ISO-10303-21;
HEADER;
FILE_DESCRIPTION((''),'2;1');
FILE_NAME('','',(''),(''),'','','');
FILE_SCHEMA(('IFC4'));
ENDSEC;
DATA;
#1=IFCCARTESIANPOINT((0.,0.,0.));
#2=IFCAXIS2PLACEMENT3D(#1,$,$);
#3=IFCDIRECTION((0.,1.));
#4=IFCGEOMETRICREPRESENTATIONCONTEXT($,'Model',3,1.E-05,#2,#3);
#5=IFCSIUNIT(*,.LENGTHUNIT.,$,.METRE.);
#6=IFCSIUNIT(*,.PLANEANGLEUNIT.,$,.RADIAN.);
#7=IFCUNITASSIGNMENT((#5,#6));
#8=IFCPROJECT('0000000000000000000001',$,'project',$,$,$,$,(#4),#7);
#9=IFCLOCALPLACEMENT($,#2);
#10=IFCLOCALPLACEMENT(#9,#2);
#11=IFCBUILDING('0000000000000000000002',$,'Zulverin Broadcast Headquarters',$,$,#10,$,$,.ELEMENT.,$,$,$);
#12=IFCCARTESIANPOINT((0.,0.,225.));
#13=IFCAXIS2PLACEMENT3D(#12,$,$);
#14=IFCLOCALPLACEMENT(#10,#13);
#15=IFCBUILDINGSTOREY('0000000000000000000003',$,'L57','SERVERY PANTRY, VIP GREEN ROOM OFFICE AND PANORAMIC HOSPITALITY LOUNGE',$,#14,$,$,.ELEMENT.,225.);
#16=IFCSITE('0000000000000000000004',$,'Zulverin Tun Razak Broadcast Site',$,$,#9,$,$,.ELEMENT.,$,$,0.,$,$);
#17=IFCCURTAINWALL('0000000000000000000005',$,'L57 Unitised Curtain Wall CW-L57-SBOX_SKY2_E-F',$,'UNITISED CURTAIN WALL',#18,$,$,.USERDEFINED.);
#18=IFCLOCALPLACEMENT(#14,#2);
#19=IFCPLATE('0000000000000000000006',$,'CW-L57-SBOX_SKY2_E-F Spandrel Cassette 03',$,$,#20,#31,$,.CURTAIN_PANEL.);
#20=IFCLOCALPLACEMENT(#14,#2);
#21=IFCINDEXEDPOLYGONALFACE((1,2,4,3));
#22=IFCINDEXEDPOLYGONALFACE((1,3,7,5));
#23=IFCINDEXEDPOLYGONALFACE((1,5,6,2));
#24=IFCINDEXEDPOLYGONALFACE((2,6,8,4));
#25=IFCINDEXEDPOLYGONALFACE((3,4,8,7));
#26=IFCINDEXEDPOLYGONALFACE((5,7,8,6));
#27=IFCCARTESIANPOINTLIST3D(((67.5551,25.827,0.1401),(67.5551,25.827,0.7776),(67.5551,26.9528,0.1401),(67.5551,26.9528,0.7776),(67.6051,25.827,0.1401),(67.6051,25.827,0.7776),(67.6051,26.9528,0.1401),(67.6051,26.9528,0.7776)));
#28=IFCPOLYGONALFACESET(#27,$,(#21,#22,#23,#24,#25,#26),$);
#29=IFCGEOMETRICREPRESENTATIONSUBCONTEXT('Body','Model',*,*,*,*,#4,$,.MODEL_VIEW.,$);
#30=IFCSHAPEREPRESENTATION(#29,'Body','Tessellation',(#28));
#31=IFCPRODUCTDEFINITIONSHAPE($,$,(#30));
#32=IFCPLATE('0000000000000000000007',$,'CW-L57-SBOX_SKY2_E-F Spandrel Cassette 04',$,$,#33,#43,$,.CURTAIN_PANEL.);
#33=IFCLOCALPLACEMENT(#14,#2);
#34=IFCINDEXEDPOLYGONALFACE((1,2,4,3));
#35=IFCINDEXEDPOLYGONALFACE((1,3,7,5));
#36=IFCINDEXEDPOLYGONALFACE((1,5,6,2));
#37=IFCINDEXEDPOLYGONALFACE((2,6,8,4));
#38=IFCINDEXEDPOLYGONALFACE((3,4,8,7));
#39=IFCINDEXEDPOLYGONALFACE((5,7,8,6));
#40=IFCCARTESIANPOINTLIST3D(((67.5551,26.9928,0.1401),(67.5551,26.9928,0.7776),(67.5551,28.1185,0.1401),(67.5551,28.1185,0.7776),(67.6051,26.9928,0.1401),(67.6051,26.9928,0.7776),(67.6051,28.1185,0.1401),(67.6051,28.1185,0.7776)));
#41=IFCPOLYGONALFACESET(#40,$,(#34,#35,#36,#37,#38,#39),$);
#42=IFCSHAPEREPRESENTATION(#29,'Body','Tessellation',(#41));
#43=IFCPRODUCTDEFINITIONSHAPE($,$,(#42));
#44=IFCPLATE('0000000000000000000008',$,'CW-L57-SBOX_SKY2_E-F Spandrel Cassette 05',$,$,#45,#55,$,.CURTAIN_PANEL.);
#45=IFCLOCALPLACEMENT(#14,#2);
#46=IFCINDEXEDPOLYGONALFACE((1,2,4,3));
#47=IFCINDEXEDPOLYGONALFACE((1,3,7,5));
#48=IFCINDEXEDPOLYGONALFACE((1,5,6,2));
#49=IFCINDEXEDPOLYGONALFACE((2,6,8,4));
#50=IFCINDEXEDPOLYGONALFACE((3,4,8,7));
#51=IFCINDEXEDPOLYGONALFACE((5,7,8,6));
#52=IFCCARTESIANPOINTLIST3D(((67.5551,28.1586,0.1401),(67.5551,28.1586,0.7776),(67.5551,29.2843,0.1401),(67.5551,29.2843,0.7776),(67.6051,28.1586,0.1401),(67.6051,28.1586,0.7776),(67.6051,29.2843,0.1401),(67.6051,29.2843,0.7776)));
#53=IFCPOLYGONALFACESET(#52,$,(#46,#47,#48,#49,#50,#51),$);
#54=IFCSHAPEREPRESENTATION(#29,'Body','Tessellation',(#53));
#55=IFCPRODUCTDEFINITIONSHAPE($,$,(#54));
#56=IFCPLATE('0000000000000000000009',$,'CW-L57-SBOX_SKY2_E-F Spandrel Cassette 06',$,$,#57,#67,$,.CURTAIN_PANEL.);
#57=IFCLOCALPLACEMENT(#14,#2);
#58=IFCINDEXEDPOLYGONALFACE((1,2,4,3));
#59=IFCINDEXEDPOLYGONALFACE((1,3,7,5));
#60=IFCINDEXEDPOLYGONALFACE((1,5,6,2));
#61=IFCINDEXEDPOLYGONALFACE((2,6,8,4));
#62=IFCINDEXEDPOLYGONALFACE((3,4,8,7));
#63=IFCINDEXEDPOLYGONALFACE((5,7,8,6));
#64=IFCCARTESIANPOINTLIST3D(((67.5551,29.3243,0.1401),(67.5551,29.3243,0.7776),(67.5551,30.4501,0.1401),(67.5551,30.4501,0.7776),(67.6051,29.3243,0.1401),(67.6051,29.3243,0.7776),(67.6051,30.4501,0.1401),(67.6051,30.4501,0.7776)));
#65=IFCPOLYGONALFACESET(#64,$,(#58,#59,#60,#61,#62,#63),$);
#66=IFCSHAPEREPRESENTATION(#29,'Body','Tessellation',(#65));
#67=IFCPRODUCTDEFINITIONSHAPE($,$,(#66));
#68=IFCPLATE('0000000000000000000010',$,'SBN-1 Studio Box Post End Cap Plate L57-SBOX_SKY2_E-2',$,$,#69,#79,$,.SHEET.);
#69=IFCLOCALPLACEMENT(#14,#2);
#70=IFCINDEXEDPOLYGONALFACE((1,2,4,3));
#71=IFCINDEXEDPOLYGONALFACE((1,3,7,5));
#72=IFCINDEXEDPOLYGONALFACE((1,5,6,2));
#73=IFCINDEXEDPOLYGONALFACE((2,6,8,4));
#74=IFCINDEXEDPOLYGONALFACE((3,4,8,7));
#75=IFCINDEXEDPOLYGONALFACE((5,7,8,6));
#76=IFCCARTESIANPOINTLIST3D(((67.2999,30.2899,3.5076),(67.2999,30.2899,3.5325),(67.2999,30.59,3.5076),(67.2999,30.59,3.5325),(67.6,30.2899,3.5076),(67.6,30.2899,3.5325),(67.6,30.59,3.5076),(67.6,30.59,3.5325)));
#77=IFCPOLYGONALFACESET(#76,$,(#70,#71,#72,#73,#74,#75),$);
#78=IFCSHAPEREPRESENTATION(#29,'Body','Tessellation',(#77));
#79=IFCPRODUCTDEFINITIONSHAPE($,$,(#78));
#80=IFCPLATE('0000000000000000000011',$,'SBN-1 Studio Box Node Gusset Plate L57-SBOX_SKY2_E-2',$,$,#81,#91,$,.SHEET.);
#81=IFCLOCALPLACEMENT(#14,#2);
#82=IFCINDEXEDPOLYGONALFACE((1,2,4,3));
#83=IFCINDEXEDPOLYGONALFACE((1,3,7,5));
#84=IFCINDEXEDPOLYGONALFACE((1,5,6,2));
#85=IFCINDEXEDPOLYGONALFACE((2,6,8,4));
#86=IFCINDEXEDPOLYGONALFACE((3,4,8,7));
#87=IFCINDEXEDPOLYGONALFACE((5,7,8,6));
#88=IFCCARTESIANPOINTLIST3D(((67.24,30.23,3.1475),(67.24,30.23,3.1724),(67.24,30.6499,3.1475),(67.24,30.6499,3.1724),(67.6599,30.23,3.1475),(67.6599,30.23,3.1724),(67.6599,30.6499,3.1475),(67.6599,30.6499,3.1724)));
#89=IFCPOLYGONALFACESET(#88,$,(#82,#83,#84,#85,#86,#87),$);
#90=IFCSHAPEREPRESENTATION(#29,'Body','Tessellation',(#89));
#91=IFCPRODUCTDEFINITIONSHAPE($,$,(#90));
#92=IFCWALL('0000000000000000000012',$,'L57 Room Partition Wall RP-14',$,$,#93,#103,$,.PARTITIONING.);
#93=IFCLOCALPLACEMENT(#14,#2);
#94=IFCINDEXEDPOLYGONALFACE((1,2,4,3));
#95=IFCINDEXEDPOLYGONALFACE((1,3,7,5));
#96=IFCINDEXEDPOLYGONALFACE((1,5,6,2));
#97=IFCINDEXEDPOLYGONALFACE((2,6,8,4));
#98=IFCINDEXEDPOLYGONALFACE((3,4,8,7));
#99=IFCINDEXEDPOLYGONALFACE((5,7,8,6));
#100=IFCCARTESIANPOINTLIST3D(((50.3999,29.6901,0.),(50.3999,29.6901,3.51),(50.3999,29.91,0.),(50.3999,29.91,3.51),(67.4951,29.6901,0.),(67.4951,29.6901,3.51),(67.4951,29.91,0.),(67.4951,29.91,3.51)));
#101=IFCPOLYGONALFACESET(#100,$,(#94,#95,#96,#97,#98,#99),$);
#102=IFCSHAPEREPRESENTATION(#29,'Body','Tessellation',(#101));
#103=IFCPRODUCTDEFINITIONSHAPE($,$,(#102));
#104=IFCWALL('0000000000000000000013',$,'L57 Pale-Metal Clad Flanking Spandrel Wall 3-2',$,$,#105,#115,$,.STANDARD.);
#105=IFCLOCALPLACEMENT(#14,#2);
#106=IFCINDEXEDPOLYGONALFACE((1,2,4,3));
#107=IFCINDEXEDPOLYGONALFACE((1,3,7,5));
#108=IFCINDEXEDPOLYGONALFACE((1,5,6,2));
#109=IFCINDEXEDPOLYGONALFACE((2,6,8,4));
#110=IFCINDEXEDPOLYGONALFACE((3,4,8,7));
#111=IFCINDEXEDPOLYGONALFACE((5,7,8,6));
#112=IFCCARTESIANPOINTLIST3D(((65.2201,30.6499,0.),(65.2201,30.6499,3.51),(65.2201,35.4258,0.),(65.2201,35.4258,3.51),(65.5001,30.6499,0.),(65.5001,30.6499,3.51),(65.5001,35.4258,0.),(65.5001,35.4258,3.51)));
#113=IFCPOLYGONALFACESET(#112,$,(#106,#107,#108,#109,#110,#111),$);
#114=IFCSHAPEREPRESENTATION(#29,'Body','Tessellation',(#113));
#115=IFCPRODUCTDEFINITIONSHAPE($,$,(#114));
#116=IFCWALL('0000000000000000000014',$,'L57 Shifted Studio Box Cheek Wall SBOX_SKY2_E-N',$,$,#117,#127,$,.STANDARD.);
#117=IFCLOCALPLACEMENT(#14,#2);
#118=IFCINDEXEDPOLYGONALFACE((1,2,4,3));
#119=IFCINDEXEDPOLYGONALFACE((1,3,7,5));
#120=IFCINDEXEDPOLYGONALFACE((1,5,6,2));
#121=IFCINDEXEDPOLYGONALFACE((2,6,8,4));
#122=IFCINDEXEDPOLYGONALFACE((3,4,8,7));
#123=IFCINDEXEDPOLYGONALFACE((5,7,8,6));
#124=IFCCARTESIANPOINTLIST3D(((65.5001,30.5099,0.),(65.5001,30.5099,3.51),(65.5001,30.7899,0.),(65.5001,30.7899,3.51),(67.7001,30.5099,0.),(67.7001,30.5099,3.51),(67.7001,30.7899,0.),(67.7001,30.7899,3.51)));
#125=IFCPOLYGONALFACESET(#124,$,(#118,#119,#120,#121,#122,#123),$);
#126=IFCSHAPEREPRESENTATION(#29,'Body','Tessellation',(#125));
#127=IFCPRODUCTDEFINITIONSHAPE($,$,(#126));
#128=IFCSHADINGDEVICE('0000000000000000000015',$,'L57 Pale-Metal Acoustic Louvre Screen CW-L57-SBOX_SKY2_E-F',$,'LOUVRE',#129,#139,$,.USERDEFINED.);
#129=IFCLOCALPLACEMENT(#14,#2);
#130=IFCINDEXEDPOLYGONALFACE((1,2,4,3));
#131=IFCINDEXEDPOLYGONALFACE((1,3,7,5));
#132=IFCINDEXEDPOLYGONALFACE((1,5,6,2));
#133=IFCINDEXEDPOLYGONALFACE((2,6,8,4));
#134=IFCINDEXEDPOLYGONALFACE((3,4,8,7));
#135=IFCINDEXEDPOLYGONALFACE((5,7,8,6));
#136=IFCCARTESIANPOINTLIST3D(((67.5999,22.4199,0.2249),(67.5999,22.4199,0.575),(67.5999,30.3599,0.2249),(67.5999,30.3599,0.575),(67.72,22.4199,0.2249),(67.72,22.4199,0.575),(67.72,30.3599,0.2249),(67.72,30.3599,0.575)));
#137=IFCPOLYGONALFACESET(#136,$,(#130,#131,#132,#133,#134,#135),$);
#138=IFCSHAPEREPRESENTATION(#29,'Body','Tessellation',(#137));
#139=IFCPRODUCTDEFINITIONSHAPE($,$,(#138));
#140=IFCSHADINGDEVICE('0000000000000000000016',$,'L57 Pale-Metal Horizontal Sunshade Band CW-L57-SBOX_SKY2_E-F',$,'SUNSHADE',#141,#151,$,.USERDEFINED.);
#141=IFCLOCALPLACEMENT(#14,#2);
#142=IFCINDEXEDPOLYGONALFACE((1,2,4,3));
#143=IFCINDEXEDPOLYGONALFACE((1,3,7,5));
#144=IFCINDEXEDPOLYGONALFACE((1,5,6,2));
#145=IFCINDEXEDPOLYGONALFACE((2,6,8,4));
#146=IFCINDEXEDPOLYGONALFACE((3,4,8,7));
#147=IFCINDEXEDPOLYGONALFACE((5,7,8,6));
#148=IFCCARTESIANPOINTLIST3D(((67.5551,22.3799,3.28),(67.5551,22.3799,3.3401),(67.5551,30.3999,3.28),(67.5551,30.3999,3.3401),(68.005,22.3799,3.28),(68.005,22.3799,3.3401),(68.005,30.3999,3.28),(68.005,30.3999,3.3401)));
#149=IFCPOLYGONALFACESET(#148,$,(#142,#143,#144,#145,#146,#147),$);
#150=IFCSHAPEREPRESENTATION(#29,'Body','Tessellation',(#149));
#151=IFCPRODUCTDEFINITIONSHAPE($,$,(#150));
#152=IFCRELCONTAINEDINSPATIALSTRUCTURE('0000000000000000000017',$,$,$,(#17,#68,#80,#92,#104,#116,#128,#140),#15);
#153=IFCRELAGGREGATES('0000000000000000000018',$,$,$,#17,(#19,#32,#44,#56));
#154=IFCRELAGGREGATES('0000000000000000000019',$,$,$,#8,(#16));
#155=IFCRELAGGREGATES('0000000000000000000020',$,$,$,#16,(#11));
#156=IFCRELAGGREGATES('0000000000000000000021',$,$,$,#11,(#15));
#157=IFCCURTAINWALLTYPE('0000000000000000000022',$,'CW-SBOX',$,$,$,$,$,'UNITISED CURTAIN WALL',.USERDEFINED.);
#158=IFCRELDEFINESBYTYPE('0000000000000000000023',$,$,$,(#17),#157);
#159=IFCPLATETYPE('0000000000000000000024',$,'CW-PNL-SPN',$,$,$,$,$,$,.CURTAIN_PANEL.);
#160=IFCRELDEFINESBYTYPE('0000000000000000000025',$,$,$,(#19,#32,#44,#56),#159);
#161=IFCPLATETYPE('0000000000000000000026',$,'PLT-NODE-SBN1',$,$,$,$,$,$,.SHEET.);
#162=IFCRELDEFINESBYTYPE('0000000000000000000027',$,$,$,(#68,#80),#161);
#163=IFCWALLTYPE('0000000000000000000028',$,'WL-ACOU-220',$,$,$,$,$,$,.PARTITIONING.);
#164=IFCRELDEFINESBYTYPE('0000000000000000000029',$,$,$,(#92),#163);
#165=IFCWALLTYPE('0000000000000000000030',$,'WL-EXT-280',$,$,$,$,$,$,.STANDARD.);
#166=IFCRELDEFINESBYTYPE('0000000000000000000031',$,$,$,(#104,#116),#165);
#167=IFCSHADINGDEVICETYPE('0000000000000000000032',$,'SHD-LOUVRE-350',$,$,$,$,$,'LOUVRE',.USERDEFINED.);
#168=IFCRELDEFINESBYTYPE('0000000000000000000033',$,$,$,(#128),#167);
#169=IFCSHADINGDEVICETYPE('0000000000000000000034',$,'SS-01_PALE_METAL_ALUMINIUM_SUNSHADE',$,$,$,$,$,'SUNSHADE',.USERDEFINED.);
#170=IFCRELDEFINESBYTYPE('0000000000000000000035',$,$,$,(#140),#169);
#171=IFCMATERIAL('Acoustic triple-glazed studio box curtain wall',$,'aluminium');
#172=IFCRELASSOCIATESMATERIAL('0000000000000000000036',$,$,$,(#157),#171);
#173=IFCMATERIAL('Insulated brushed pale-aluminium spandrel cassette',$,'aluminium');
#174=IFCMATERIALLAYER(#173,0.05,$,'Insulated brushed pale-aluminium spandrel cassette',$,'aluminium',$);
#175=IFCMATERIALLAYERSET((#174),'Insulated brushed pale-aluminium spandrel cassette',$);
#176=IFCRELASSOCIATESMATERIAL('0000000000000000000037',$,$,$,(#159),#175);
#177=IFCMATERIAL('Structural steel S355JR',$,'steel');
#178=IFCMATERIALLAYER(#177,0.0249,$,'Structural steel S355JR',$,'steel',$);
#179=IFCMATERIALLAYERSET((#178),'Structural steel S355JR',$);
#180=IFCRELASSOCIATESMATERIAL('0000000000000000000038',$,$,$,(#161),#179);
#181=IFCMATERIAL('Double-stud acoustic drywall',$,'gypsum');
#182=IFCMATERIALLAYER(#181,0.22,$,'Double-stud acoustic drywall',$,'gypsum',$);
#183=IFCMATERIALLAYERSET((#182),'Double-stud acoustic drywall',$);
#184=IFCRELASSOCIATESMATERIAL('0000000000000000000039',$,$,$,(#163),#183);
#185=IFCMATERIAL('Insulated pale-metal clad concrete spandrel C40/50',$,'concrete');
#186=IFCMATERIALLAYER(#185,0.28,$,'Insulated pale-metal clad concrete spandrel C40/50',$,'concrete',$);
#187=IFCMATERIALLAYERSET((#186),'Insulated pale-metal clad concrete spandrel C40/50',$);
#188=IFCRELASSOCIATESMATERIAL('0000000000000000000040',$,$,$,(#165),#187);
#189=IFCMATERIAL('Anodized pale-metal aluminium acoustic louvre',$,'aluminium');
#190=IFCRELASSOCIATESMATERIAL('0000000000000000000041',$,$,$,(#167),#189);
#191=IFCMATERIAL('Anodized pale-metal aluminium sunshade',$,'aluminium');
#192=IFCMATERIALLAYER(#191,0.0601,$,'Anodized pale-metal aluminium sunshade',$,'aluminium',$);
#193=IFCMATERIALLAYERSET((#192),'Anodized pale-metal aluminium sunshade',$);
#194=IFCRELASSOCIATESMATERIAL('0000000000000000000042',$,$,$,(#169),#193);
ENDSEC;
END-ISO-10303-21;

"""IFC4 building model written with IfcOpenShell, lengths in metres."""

from ifc_helpers import new_model, si_unit, direction, frame, frame_2d, origin, origin_2d, place, context, subcontext, project, spatial, rectangle, extrude, material, layer, layer_set, type_object, element, aggregate, save


model = new_model("IFC4")

# Units and contexts
model_context = context("Model", 3, precision=1e-05, world=origin(), true_north=direction((0.0, 1.0)))
body_context = subcontext(model_context, "Body", "Model", "MODEL_VIEW")
ifc_project = project(units=[si_unit("LENGTHUNIT", "METRE"), si_unit("PLANEANGLEUNIT", "RADIAN")], contexts=[model_context])

# Site, building, storey
site_placement = place(None, origin())
site = spatial("IfcSite", under=ifc_project, at=site_placement, Name="Zulverin Tun Razak Broadcast Site", CompositionType="ELEMENT", RefElevation=0.0)
building_placement = place(site_placement, origin())
building = spatial("IfcBuilding", under=site, at=building_placement, Name="Zulverin Broadcast Headquarters", CompositionType="ELEMENT")
storey_placement = place(building_placement, frame((0.0, 0.0, 225.0)))
storey = spatial("IfcBuildingStorey", under=building, at=storey_placement, Name="L57", Description="SERVERY PANTRY, VIP GREEN ROOM OFFICE AND PANORAMIC HOSPITALITY LOUNGE", CompositionType="ELEMENT", Elevation=225.0)

# Shared definitions
ifc_material_1 = material(Name="Structural steel S355JR", Category="steel")

# Curtain wall
ifc_material_2 = material(Name="Acoustic triple-glazed studio box curtain wall", Category="aluminium")
curtain_wall_type = type_object("IfcCurtainWallType", Name="CW-SBOX", ElementType="UNITISED CURTAIN WALL", PredefinedType="USERDEFINED", material=ifc_material_2)
curtain_wall_placement = place(storey_placement, origin())
curtain_wall = element("IfcCurtainWall", 1, at=curtain_wall_placement, inside=storey, type_object=curtain_wall_type, Name="L57 Unitised Curtain Wall CW-L57-SBOX_SKY2_E-F", ObjectType="UNITISED CURTAIN WALL", PredefinedType="USERDEFINED")

# Plates
ifc_material_3 = material(Name="Insulated brushed pale-aluminium spandrel cassette", Category="aluminium")
ifc_layer_1 = layer(ifc_material_3, 0.05, Name="Insulated brushed pale-aluminium spandrel cassette", Category="aluminium")
ifc_layer_set_1 = layer_set([ifc_layer_1], Name="Insulated brushed pale-aluminium spandrel cassette")
plate_type_1 = type_object("IfcPlateType", Name="CW-PNL-SPN", PredefinedType="CURTAIN_PANEL", material=ifc_layer_set_1)
plate_1_placement = place(storey_placement, frame((67.5801, 26.3899, 0.1401), z_axis=(0.0, 0.0, 1.0), x_axis=(0.0, 1.0, 0.0)))
plate_1 = element("IfcPlate", 2, at=plate_1_placement, type_object=plate_type_1, Name="CW-L57-SBOX_SKY2_E-F Spandrel Cassette 03", PredefinedType="CURTAIN_PANEL", context=body_context, shape_type="SweptSolid", body=[
    extrude(rectangle(XDim=1.1257, YDim=0.05, at=origin_2d()), origin(), (0.0, 0.0, 1.0), 0.6375),
])
plate_2_placement = place(storey_placement, frame((67.5801, 27.5557, 0.1401), z_axis=(0.0, 0.0, 1.0), x_axis=(0.0, 1.0, 0.0)))
plate_2 = element("IfcPlate", 3, at=plate_2_placement, type_object=plate_type_1, Name="CW-L57-SBOX_SKY2_E-F Spandrel Cassette 04", PredefinedType="CURTAIN_PANEL", context=body_context, shape_type="SweptSolid", body=[
    extrude(rectangle(XDim=1.1257, YDim=0.05, at=origin_2d()), origin(), (0.0, 0.0, 1.0), 0.6375),
])
plate_3_placement = place(storey_placement, frame((67.5801, 28.7214, 0.1401), z_axis=(0.0, 0.0, 1.0), x_axis=(0.0, 1.0, 0.0)))
plate_3 = element("IfcPlate", 4, at=plate_3_placement, type_object=plate_type_1, Name="CW-L57-SBOX_SKY2_E-F Spandrel Cassette 05", PredefinedType="CURTAIN_PANEL", context=body_context, shape_type="SweptSolid", body=[
    extrude(rectangle(XDim=1.1257, YDim=0.05, at=origin_2d()), origin(), (0.0, 0.0, 1.0), 0.6375),
])
plate_4_placement = place(storey_placement, frame((67.5801, 29.8872, 0.1401), z_axis=(0.0, 0.0, 1.0), x_axis=(0.0, 1.0, 0.0)))
plate_4 = element("IfcPlate", 5, at=plate_4_placement, type_object=plate_type_1, Name="CW-L57-SBOX_SKY2_E-F Spandrel Cassette 06", PredefinedType="CURTAIN_PANEL", context=body_context, shape_type="SweptSolid", body=[
    extrude(rectangle(XDim=1.1257, YDim=0.05, at=origin_2d()), origin(), (0.0, 0.0, 1.0), 0.6375),
])
aggregate(curtain_wall, [plate_1, plate_2, plate_3, plate_4])

# Plates
ifc_layer_2 = layer(ifc_material_1, 0.0249, Name="Structural steel S355JR", Category="steel")
ifc_layer_set_2 = layer_set([ifc_layer_2], Name="Structural steel S355JR")
plate_type_2 = type_object("IfcPlateType", Name="PLT-NODE-SBN1", PredefinedType="SHEET", material=ifc_layer_set_2)
plate_5_placement = place(storey_placement, frame((67.45, 30.4399, 3.5076), z_axis=(0.0, 0.0, 1.0), x_axis=(1.0, 0.0, 0.0)))
element("IfcPlate", 6, at=plate_5_placement, inside=storey, type_object=plate_type_2, Name="SBN-1 Studio Box Post End Cap Plate L57-SBOX_SKY2_E-2", PredefinedType="SHEET", context=body_context, shape_type="SweptSolid", body=[
    extrude(rectangle(XDim=0.3, YDim=0.3, at=origin_2d()), origin(), (0.0, 0.0, 1.0), 0.0249),
])
plate_6_placement = place(storey_placement, frame((67.45, 30.4399, 3.1475), z_axis=(0.0, 0.0, 1.0), x_axis=(1.0, 0.0, 0.0)))
element("IfcPlate", 7, at=plate_6_placement, inside=storey, type_object=plate_type_2, Name="SBN-1 Studio Box Node Gusset Plate L57-SBOX_SKY2_E-2", PredefinedType="SHEET", context=body_context, shape_type="SweptSolid", body=[
    extrude(rectangle(XDim=0.4199, YDim=0.4199, at=origin_2d()), origin(), (0.0, 0.0, 1.0), 0.0249),
])

# Walls
ifc_material_4 = material(Name="Double-stud acoustic drywall", Category="gypsum")
ifc_layer_3 = layer(ifc_material_4, 0.22, Name="Double-stud acoustic drywall", Category="gypsum")
ifc_layer_set_3 = layer_set([ifc_layer_3], Name="Double-stud acoustic drywall")
wall_type_1 = type_object("IfcWallType", Name="WL-ACOU-220", PredefinedType="PARTITIONING", material=ifc_layer_set_3)
wall_1_placement = place(storey_placement, frame((50.3999, 29.8, 0.0), z_axis=(0.0, 0.0, 1.0), x_axis=(1.0, 0.0, 0.0)))
element("IfcWall", 8, at=wall_1_placement, inside=storey, type_object=wall_type_1, Name="L57 Room Partition Wall RP-14", PredefinedType="PARTITIONING", context=body_context, shape_type="SweptSolid", body=[
    extrude(rectangle(XDim=17.0952, YDim=0.22, at=frame_2d((8.5476, 0.0))), origin(), (0.0, 0.0, 1.0), 3.51),
])
ifc_material_5 = material(Name="Insulated pale-metal clad concrete spandrel C40/50", Category="concrete")
ifc_layer_4 = layer(ifc_material_5, 0.28, Name="Insulated pale-metal clad concrete spandrel C40/50", Category="concrete")
ifc_layer_set_4 = layer_set([ifc_layer_4], Name="Insulated pale-metal clad concrete spandrel C40/50")
wall_type_2 = type_object("IfcWallType", Name="WL-EXT-280", PredefinedType="STANDARD", material=ifc_layer_set_4)
wall_2_placement = place(storey_placement, frame((65.3601, 30.6499, 0.0), z_axis=(0.0, 0.0, 1.0), x_axis=(0.0, 1.0, 0.0)))
element("IfcWall", 9, at=wall_2_placement, inside=storey, type_object=wall_type_2, Name="L57 Pale-Metal Clad Flanking Spandrel Wall 3-2", PredefinedType="STANDARD", context=body_context, shape_type="SweptSolid", body=[
    extrude(rectangle(XDim=4.7759, YDim=0.28, at=frame_2d((2.3879, 0.0))), origin(), (0.0, 0.0, 1.0), 3.51),
])
wall_3_placement = place(storey_placement, frame((65.5, 30.6499, 0.0), z_axis=(0.0, 0.0, 1.0), x_axis=(1.0, 0.0, 0.0)))
element("IfcWall", 10, at=wall_3_placement, inside=storey, type_object=wall_type_2, Name="L57 Shifted Studio Box Cheek Wall SBOX_SKY2_E-N", PredefinedType="STANDARD", context=body_context, shape_type="SweptSolid", body=[
    extrude(rectangle(XDim=2.2, YDim=0.28, at=frame_2d((1.1001, 0.0))), origin(), (0.0, 0.0, 1.0), 3.51),
])

# Shading devices
ifc_material_6 = material(Name="Anodized pale-metal aluminium acoustic louvre", Category="aluminium")
shading_device_type_1 = type_object("IfcShadingDeviceType", Name="SHD-LOUVRE-350", ElementType="LOUVRE", PredefinedType="USERDEFINED", material=ifc_material_6)
shading_device_1_placement = place(storey_placement, frame((67.6599, 26.3899, 0.2249), z_axis=(0.0, 0.0, 1.0), x_axis=(0.0, 1.0, 0.0)))
element("IfcShadingDevice", 11, at=shading_device_1_placement, inside=storey, type_object=shading_device_type_1, Name="L57 Pale-Metal Acoustic Louvre Screen CW-L57-SBOX_SKY2_E-F", ObjectType="LOUVRE", PredefinedType="USERDEFINED", context=body_context, shape_type="SweptSolid", body=[
    extrude(rectangle(XDim=7.9399, YDim=0.1201, at=origin_2d()), origin(), (0.0, 0.0, 1.0), 0.3501),
])
ifc_material_7 = material(Name="Anodized pale-metal aluminium sunshade", Category="aluminium")
ifc_layer_5 = layer(ifc_material_7, 0.0601, Name="Anodized pale-metal aluminium sunshade", Category="aluminium")
ifc_layer_set_5 = layer_set([ifc_layer_5], Name="Anodized pale-metal aluminium sunshade")
shading_device_type_2 = type_object("IfcShadingDeviceType", Name="SS-01_PALE_METAL_ALUMINIUM_SUNSHADE", ElementType="SUNSHADE", PredefinedType="USERDEFINED", material=ifc_layer_set_5)
shading_device_2_placement = place(storey_placement, frame((67.78, 26.3899, 3.28), z_axis=(0.0, 0.0, 1.0), x_axis=(0.0, 1.0, 0.0)))
element("IfcShadingDevice", 12, at=shading_device_2_placement, inside=storey, type_object=shading_device_type_2, Name="L57 Pale-Metal Horizontal Sunshade Band CW-L57-SBOX_SKY2_E-F", ObjectType="SUNSHADE", PredefinedType="USERDEFINED", context=body_context, shape_type="SweptSolid", body=[
    extrude(rectangle(XDim=8.02, YDim=0.45, at=origin_2d()), origin(), (0.0, 0.0, 1.0), 0.0601),
])

save(model, "model.ifc")
